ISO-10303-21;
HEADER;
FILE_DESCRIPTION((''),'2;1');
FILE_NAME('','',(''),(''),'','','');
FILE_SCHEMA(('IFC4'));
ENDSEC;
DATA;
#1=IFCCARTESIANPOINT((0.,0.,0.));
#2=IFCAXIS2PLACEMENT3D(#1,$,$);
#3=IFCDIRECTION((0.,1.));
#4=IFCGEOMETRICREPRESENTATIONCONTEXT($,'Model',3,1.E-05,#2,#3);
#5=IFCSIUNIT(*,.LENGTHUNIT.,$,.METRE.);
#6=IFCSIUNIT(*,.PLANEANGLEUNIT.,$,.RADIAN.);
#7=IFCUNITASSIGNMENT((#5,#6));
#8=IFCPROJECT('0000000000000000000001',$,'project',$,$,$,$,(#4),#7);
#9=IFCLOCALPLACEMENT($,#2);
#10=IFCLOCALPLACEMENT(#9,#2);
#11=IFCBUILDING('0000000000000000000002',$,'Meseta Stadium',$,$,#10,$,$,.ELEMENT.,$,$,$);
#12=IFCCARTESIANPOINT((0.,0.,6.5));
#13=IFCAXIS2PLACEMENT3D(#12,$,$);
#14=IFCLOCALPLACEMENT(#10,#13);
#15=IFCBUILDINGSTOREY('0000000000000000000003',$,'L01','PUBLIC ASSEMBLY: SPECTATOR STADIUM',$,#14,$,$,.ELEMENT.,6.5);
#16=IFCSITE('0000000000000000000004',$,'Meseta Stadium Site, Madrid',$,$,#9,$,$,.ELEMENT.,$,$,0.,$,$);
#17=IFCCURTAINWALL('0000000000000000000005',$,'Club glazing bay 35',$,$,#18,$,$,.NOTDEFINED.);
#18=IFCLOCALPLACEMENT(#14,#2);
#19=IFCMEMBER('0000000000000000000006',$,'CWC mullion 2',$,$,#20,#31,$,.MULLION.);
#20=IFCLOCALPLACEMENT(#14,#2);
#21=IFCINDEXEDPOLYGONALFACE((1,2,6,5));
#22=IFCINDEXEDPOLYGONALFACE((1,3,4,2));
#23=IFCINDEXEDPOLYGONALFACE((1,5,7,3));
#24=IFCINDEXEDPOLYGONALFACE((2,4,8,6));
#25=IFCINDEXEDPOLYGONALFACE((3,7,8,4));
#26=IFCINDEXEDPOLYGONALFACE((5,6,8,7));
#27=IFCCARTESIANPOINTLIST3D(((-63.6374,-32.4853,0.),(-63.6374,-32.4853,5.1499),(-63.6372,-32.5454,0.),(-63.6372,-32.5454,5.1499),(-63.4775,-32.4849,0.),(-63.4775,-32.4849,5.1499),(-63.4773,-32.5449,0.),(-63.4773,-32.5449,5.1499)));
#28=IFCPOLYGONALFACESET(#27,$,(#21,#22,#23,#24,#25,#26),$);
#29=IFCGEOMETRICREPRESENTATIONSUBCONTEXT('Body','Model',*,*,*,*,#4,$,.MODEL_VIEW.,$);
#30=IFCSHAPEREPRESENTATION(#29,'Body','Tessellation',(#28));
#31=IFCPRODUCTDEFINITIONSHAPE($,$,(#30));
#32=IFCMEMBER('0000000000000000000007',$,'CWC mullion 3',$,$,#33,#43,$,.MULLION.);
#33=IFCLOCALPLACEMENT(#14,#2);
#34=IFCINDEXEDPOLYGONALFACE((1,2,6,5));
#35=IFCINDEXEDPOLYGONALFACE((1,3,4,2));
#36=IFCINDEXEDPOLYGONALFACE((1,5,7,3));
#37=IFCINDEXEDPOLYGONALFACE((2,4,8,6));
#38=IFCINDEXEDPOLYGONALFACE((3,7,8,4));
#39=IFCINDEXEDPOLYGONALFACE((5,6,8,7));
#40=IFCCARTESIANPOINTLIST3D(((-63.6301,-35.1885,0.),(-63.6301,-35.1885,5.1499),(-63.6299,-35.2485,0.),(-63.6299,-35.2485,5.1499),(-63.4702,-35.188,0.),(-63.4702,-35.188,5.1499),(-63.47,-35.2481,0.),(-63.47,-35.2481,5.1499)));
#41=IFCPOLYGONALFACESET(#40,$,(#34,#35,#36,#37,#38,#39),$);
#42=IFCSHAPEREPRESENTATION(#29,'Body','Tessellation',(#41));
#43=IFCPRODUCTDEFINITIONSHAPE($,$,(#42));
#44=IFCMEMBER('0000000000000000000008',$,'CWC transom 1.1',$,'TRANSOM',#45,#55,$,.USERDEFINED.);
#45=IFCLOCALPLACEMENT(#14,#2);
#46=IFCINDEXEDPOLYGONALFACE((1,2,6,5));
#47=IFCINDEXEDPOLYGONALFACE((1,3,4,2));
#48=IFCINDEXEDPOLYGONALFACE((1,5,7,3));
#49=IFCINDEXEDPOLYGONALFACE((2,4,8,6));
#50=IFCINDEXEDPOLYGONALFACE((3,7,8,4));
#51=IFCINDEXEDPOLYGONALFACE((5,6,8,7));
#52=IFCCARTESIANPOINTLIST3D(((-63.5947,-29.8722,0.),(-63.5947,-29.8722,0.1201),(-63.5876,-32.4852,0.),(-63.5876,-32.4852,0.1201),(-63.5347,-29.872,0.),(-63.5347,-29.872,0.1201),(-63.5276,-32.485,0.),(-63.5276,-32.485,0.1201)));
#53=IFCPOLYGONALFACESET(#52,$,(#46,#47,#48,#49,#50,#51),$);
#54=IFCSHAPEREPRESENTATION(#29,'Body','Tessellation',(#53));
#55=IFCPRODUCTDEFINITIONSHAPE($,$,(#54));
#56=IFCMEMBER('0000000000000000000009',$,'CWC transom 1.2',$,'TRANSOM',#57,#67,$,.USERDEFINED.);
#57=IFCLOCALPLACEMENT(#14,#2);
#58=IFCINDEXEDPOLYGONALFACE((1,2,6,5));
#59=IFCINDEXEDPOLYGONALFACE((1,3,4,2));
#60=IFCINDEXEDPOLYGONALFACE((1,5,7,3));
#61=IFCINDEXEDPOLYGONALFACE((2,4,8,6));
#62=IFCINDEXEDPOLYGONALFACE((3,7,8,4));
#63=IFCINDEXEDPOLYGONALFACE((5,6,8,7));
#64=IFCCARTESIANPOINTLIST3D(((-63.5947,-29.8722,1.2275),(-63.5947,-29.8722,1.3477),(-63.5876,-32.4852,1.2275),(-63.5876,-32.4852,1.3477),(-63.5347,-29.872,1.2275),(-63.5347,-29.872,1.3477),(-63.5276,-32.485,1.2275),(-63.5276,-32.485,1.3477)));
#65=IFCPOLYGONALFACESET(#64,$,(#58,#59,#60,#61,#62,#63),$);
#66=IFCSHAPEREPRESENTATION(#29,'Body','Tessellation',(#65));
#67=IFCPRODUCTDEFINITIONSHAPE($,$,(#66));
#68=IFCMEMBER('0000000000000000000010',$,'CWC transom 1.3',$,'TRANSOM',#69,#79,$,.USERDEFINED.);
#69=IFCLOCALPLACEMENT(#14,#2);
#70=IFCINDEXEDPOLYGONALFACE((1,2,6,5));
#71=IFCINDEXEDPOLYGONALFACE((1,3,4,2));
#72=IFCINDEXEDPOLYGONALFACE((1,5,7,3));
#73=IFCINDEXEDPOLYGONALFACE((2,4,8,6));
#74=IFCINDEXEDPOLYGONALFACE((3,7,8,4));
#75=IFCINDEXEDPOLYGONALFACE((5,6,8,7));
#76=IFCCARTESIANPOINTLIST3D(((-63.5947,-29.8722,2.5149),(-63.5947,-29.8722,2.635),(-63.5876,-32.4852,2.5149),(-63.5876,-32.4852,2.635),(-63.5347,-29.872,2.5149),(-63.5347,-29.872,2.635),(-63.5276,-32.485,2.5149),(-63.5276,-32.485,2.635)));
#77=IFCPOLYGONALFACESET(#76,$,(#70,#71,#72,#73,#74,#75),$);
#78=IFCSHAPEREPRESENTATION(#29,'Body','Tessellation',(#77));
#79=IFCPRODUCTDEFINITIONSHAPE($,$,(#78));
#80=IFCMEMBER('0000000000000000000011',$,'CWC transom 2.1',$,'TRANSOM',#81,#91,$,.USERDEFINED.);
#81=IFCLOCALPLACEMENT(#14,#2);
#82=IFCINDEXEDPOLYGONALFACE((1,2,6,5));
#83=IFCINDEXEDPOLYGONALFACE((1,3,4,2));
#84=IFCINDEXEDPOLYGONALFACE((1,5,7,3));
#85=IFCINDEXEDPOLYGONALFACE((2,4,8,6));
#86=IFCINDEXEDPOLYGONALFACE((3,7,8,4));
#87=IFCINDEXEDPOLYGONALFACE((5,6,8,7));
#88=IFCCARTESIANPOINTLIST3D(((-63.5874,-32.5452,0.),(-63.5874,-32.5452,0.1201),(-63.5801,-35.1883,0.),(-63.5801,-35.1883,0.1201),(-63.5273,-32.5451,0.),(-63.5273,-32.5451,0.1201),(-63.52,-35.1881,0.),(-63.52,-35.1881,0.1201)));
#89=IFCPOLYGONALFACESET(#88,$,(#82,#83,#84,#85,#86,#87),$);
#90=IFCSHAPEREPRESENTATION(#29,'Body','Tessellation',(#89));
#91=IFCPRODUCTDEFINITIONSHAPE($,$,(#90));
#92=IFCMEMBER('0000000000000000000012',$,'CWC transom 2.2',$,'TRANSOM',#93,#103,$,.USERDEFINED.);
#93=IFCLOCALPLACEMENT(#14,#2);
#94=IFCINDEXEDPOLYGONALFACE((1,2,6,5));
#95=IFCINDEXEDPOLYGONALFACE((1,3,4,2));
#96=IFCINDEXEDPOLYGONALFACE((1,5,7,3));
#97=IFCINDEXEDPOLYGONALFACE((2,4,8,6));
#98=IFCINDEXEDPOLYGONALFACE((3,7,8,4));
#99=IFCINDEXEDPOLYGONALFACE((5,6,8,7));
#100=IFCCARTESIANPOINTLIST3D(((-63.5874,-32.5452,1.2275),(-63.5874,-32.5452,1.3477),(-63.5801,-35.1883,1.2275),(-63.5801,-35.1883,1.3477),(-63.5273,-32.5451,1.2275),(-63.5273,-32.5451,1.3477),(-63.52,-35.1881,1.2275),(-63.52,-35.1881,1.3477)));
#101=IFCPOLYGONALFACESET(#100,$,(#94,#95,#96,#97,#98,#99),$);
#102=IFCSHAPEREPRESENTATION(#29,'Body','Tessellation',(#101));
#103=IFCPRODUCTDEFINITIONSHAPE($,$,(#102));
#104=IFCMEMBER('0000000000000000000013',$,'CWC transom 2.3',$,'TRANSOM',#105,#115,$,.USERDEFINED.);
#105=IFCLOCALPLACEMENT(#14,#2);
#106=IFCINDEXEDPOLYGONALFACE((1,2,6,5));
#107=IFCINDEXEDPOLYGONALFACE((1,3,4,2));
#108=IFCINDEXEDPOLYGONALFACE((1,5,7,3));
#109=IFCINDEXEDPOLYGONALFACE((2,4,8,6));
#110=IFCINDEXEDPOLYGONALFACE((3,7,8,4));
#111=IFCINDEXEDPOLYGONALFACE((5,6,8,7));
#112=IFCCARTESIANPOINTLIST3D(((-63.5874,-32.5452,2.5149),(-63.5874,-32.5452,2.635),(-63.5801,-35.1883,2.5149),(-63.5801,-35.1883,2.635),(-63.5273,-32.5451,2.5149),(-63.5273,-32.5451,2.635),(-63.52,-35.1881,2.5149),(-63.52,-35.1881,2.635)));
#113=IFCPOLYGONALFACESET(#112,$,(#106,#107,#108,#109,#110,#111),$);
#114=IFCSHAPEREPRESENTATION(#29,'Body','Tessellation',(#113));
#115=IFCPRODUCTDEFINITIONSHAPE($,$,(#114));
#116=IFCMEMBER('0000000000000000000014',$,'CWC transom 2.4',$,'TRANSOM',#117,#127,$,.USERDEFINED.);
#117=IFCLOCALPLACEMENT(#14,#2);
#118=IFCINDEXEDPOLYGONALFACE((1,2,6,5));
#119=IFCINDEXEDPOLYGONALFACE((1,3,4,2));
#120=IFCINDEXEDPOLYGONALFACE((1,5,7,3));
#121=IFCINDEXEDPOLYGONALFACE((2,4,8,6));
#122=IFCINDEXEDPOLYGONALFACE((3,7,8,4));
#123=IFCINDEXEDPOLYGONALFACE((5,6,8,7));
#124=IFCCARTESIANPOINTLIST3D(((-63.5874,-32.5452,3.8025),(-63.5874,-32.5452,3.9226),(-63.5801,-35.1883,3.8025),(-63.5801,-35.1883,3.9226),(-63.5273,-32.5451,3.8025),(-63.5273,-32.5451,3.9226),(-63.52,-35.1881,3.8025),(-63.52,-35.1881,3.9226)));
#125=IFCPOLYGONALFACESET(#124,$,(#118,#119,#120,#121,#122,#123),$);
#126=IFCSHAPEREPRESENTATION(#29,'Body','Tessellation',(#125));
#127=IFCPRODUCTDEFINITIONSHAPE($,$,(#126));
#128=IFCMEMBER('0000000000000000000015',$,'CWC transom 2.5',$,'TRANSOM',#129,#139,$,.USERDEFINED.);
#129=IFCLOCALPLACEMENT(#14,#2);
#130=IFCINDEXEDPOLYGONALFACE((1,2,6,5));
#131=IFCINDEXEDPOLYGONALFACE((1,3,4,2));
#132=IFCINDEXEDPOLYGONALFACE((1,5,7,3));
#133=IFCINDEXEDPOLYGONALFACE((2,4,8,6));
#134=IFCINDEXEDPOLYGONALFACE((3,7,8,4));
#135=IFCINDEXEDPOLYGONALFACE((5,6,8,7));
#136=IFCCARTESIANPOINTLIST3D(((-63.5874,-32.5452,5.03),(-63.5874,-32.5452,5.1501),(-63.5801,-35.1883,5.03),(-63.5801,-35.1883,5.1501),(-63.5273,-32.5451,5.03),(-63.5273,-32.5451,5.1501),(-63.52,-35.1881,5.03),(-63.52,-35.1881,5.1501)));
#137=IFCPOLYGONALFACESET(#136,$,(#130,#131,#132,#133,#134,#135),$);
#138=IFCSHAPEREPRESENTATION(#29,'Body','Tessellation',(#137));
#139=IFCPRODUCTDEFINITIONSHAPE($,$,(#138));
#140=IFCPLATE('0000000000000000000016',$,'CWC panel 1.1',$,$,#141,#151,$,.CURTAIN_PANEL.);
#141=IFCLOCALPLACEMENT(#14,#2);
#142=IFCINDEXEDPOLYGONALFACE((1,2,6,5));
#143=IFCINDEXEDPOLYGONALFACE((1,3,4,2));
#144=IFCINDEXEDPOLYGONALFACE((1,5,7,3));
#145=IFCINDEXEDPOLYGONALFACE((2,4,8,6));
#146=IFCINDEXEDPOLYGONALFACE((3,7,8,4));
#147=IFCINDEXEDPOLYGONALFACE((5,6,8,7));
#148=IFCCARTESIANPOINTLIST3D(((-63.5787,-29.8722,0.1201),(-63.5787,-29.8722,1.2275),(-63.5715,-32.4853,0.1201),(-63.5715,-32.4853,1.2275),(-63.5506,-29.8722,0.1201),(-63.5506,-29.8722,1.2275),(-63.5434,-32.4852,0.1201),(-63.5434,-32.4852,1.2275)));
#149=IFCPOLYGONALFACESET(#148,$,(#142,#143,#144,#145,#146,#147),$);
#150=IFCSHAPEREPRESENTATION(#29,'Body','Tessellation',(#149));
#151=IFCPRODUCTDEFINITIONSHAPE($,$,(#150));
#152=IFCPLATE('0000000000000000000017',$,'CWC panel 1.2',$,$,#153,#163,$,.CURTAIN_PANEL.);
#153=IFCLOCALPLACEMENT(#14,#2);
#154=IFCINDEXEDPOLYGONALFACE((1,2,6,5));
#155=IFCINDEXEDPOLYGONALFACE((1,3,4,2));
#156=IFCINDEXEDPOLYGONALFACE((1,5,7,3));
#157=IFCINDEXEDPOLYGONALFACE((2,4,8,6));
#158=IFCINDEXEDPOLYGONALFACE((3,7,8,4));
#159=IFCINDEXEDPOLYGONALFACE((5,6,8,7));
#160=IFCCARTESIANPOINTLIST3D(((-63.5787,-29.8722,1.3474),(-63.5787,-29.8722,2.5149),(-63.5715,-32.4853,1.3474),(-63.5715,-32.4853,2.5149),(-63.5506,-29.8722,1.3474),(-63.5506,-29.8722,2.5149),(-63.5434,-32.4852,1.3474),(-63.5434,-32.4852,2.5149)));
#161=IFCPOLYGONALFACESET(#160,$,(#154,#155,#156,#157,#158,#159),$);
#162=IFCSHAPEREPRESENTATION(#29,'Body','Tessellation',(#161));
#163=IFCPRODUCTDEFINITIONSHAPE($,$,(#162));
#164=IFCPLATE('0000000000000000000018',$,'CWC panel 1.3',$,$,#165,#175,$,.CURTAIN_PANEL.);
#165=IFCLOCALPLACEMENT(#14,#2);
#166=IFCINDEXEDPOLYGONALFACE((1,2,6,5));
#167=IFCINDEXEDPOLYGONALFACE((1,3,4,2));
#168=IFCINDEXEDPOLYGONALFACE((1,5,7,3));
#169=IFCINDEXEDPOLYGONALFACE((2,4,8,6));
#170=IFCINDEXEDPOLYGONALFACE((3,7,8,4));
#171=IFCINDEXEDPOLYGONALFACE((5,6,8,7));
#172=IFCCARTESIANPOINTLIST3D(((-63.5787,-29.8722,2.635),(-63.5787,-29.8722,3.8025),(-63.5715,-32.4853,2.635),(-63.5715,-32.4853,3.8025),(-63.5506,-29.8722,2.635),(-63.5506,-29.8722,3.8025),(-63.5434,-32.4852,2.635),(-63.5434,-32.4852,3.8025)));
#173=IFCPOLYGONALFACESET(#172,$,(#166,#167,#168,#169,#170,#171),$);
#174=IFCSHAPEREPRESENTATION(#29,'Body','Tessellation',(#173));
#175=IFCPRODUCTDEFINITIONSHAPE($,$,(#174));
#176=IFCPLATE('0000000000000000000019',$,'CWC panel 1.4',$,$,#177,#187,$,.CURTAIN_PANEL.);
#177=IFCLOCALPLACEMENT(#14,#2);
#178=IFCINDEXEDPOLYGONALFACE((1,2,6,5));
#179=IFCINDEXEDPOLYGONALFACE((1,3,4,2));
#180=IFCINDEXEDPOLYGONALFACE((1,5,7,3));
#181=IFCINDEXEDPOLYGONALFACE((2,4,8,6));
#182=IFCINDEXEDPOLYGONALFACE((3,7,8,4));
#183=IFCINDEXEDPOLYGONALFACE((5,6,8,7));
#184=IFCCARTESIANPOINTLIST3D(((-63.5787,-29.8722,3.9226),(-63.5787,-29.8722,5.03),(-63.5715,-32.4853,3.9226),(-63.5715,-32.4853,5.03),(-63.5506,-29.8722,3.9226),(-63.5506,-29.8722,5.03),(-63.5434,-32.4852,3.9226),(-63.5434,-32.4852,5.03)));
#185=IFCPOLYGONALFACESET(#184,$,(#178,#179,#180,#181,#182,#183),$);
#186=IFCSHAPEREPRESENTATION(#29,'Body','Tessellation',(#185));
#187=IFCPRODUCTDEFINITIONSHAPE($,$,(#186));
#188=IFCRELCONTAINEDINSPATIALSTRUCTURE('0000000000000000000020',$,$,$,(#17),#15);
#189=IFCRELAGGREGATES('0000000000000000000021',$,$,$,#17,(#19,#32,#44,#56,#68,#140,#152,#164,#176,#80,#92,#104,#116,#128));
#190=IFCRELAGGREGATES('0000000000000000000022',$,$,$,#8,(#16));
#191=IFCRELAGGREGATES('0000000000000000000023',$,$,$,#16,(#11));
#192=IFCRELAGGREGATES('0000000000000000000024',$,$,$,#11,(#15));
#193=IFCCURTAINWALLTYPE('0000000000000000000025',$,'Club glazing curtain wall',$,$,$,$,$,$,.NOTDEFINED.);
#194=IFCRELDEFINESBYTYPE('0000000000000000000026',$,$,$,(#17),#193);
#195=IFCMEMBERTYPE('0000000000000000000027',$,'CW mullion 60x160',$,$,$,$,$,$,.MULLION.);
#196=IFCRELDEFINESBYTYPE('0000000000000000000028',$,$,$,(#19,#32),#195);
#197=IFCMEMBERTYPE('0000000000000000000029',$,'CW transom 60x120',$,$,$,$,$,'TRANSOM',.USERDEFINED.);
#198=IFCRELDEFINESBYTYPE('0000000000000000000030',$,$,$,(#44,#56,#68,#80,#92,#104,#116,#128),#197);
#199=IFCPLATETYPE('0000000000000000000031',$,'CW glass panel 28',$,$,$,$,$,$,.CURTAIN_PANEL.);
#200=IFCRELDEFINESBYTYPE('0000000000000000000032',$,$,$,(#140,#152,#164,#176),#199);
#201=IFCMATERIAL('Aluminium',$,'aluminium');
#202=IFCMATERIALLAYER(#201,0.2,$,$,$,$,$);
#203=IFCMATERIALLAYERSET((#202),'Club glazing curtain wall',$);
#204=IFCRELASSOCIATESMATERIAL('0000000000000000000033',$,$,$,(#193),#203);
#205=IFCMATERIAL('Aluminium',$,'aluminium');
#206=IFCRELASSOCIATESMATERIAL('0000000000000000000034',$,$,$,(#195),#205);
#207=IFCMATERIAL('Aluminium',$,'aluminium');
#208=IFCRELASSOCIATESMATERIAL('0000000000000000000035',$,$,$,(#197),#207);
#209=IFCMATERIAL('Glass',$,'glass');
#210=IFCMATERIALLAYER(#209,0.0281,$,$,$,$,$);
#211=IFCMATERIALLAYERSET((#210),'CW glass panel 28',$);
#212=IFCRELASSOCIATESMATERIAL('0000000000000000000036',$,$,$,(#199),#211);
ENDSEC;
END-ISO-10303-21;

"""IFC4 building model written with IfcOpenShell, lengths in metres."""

from ifc_helpers import new_model, si_unit, direction, frame, origin, origin_2d, place, context, subcontext, project, spatial, rectangle, extrude, material, layer, layer_set, material_profile, profile_set, type_object, element, aggregate, save


model = new_model("IFC4")

# Units and contexts
model_context = context("Model", 3, precision=1e-05, world=origin(), true_north=direction((0.0, 1.0)))
body_context = subcontext(model_context, "Body", "Model", "MODEL_VIEW")
ifc_project = project(units=[si_unit("LENGTHUNIT", "METRE"), si_unit("PLANEANGLEUNIT", "RADIAN")], contexts=[model_context])

# Site, building, storey
site_placement = place(None, origin())
site = spatial("IfcSite", under=ifc_project, at=site_placement, Name="Meseta Stadium Site, Madrid", CompositionType="ELEMENT", RefElevation=0.0)
building_placement = place(site_placement, origin())
building = spatial("IfcBuilding", under=site, at=building_placement, Name="Meseta Stadium", CompositionType="ELEMENT")
storey_placement = place(building_placement, frame((0.0, 0.0, 6.5)))
storey = spatial("IfcBuildingStorey", under=building, at=storey_placement, Name="L01", Description="PUBLIC ASSEMBLY: SPECTATOR STADIUM", CompositionType="ELEMENT", Elevation=6.5)

# Curtain wall, members, plates
ifc_material_1 = material(Name="Aluminium", Category="aluminium")
ifc_layer_1 = layer(ifc_material_1, 0.2)
ifc_layer_set_1 = layer_set([ifc_layer_1], Name="Club glazing curtain wall")
curtain_wall_type = type_object("IfcCurtainWallType", Name="Club glazing curtain wall", PredefinedType="NOTDEFINED", material=ifc_layer_set_1)
curtain_wall_placement = place(storey_placement, origin())
curtain_wall = element("IfcCurtainWall", 1, at=curtain_wall_placement, inside=storey, type_object=curtain_wall_type, Name="Club glazing bay 35", PredefinedType="NOTDEFINED")
ifc_material_2 = material(Name="Aluminium", Category="aluminium")
ifc_material_profile_1 = material_profile(ifc_material_2, rectangle(XDim=0.1599, YDim=0.0601, at=origin_2d()), Name="CW 160x60")
ifc_profile_set_1 = profile_set([ifc_material_profile_1], Name="Aluminium")
member_type_1 = type_object("IfcMemberType", Name="CW mullion 60x160", PredefinedType="MULLION", material=ifc_profile_set_1)
member_1_placement = place(storey_placement, frame((-63.5574, -32.5151, 0.0), z_axis=(0.0, 0.0, 1.0), x_axis=(0.999996, 0.002758, 0.0)))
member_1 = element("IfcMember", 2, at=member_1_placement, type_object=member_type_1, Name="CWC mullion 2", PredefinedType="MULLION", context=body_context, shape_type="SweptSolid", body=[
    extrude(rectangle(XDim=0.1599, YDim=0.0601, at=origin_2d()), origin(), (0.0, 0.0, 1.0), 5.1499),
])
member_2_placement = place(storey_placement, frame((-63.55, -35.2183, 0.0), z_axis=(0.0, 0.0, 1.0), x_axis=(0.999996, 0.002758, 0.0)))
member_2 = element("IfcMember", 3, at=member_2_placement, type_object=member_type_1, Name="CWC mullion 3", PredefinedType="MULLION", context=body_context, shape_type="SweptSolid", body=[
    extrude(rectangle(XDim=0.1599, YDim=0.0601, at=origin_2d()), origin(), (0.0, 0.0, 1.0), 5.1499),
])
ifc_material_3 = material(Name="Aluminium", Category="aluminium")
ifc_material_profile_2 = material_profile(ifc_material_3, rectangle(XDim=0.0601, YDim=0.1201, at=origin_2d()), Name="CW 60x120")
ifc_profile_set_2 = profile_set([ifc_material_profile_2], Name="Aluminium")
member_type_2 = type_object("IfcMemberType", Name="CW transom 60x120", ElementType="TRANSOM", PredefinedType="USERDEFINED", material=ifc_profile_set_2)
member_3_placement = place(storey_placement, frame((-63.5647, -29.8721, 0.0601), z_axis=(0.00271, -0.999996, 0.0), x_axis=(0.999996, 0.00271, 0.0)))
member_3 = element("IfcMember", 4, at=member_3_placement, type_object=member_type_2, Name="CWC transom 1.1", ObjectType="TRANSOM", PredefinedType="USERDEFINED", context=body_context, shape_type="SweptSolid", body=[
    extrude(rectangle(XDim=0.0601, YDim=0.1201, at=origin_2d()), origin(), (0.0, 0.0, 1.0), 2.613),
])
member_4_placement = place(storey_placement, frame((-63.5647, -29.8721, 1.2876), z_axis=(0.00271, -0.999996, 0.0), x_axis=(0.999996, 0.00271, 0.0)))
member_4 = element("IfcMember", 5, at=member_4_placement, type_object=member_type_2, Name="CWC transom 1.2", ObjectType="TRANSOM", PredefinedType="USERDEFINED", context=body_context, shape_type="SweptSolid", body=[
    extrude(rectangle(XDim=0.0601, YDim=0.1201, at=origin_2d()), origin(), (0.0, 0.0, 1.0), 2.613),
])
member_5_placement = place(storey_placement, frame((-63.5647, -29.8721, 2.575), z_axis=(0.00271, -0.999996, 0.0), x_axis=(0.999996, 0.00271, 0.0)))
member_5 = element("IfcMember", 6, at=member_5_placement, type_object=member_type_2, Name="CWC transom 1.3", ObjectType="TRANSOM", PredefinedType="USERDEFINED", context=body_context, shape_type="SweptSolid", body=[
    extrude(rectangle(XDim=0.0601, YDim=0.1201, at=origin_2d()), origin(), (0.0, 0.0, 1.0), 2.613),
])
member_6_placement = place(storey_placement, frame((-63.5574, -32.5452, 0.0601), z_axis=(0.002771, -0.999996, 0.0), x_axis=(0.999996, 0.002771, 0.0)))
member_6 = element("IfcMember", 7, at=member_6_placement, type_object=member_type_2, Name="CWC transom 2.1", ObjectType="TRANSOM", PredefinedType="USERDEFINED", context=body_context, shape_type="SweptSolid", body=[
    extrude(rectangle(XDim=0.0601, YDim=0.1201, at=origin_2d()), origin(), (0.0, 0.0, 1.0), 2.6431),
])
member_7_placement = place(storey_placement, frame((-63.5574, -32.5452, 1.2876), z_axis=(0.002771, -0.999996, 0.0), x_axis=(0.999996, 0.002771, 0.0)))
member_7 = element("IfcMember", 8, at=member_7_placement, type_object=member_type_2, Name="CWC transom 2.2", ObjectType="TRANSOM", PredefinedType="USERDEFINED", context=body_context, shape_type="SweptSolid", body=[
    extrude(rectangle(XDim=0.0601, YDim=0.1201, at=origin_2d()), origin(), (0.0, 0.0, 1.0), 2.6431),
])
member_8_placement = place(storey_placement, frame((-63.5574, -32.5452, 2.575), z_axis=(0.002771, -0.999996, 0.0), x_axis=(0.999996, 0.002771, 0.0)))
member_8 = element("IfcMember", 9, at=member_8_placement, type_object=member_type_2, Name="CWC transom 2.3", ObjectType="TRANSOM", PredefinedType="USERDEFINED", context=body_context, shape_type="SweptSolid", body=[
    extrude(rectangle(XDim=0.0601, YDim=0.1201, at=origin_2d()), origin(), (0.0, 0.0, 1.0), 2.6431),
])
member_9_placement = place(storey_placement, frame((-63.5574, -32.5452, 3.8625), z_axis=(0.002771, -0.999996, 0.0), x_axis=(0.999996, 0.002771, 0.0)))
member_9 = element("IfcMember", 10, at=member_9_placement, type_object=member_type_2, Name="CWC transom 2.4", ObjectType="TRANSOM", PredefinedType="USERDEFINED", context=body_context, shape_type="SweptSolid", body=[
    extrude(rectangle(XDim=0.0601, YDim=0.1201, at=origin_2d()), origin(), (0.0, 0.0, 1.0), 2.6431),
])
member_10_placement = place(storey_placement, frame((-63.5574, -32.5452, 5.0901), z_axis=(0.002771, -0.999996, 0.0), x_axis=(0.999996, 0.002771, 0.0)))
member_10 = element("IfcMember", 11, at=member_10_placement, type_object=member_type_2, Name="CWC transom 2.5", ObjectType="TRANSOM", PredefinedType="USERDEFINED", context=body_context, shape_type="SweptSolid", body=[
    extrude(rectangle(XDim=0.0601, YDim=0.1201, at=origin_2d()), origin(), (0.0, 0.0, 1.0), 2.6431),
])
ifc_material_4 = material(Name="Glass", Category="glass")
ifc_layer_2 = layer(ifc_material_4, 0.0281)
ifc_layer_set_2 = layer_set([ifc_layer_2], Name="CW glass panel 28")
plate_type = type_object("IfcPlateType", Name="CW glass panel 28", PredefinedType="CURTAIN_PANEL", material=ifc_layer_set_2)
plate_1_placement = place(storey_placement, frame((-63.561, -31.1787, 0.1201), z_axis=(0.0, 0.0, 1.0), x_axis=(0.002758, -0.999996, 0.0)))
plate_1 = element("IfcPlate", 12, at=plate_1_placement, type_object=plate_type, Name="CWC panel 1.1", PredefinedType="CURTAIN_PANEL", context=body_context, shape_type="SweptSolid", body=[
    extrude(rectangle(XDim=2.613, YDim=0.0281, at=origin_2d()), origin(), (0.0, 0.0, 1.0), 1.1074),
])
plate_2_placement = place(storey_placement, frame((-63.561, -31.1787, 1.3474), z_axis=(0.0, 0.0, 1.0), x_axis=(0.002758, -0.999996, 0.0)))
plate_2 = element("IfcPlate", 13, at=plate_2_placement, type_object=plate_type, Name="CWC panel 1.2", PredefinedType="CURTAIN_PANEL", context=body_context, shape_type="SweptSolid", body=[
    extrude(rectangle(XDim=2.613, YDim=0.0281, at=origin_2d()), origin(), (0.0, 0.0, 1.0), 1.1675),
])
plate_3_placement = place(storey_placement, frame((-63.561, -31.1787, 2.635), z_axis=(0.0, 0.0, 1.0), x_axis=(0.002758, -0.999996, 0.0)))
plate_3 = element("IfcPlate", 14, at=plate_3_placement, type_object=plate_type, Name="CWC panel 1.3", PredefinedType="CURTAIN_PANEL", context=body_context, shape_type="SweptSolid", body=[
    extrude(rectangle(XDim=2.613, YDim=0.0281, at=origin_2d()), origin(), (0.0, 0.0, 1.0), 1.1675),
])
plate_4_placement = place(storey_placement, frame((-63.561, -31.1787, 3.9226), z_axis=(0.0, 0.0, 1.0), x_axis=(0.002758, -0.999996, 0.0)))
plate_4 = element("IfcPlate", 15, at=plate_4_placement, type_object=plate_type, Name="CWC panel 1.4", PredefinedType="CURTAIN_PANEL", context=body_context, shape_type="SweptSolid", body=[
    extrude(rectangle(XDim=2.613, YDim=0.0281, at=origin_2d()), origin(), (0.0, 0.0, 1.0), 1.1074),
])
aggregate(curtain_wall, [member_1, member_2, member_3, member_4, member_5, plate_1, plate_2, plate_3, plate_4, member_6, member_7, member_8, member_9, member_10])

save(model, "model.ifc")
